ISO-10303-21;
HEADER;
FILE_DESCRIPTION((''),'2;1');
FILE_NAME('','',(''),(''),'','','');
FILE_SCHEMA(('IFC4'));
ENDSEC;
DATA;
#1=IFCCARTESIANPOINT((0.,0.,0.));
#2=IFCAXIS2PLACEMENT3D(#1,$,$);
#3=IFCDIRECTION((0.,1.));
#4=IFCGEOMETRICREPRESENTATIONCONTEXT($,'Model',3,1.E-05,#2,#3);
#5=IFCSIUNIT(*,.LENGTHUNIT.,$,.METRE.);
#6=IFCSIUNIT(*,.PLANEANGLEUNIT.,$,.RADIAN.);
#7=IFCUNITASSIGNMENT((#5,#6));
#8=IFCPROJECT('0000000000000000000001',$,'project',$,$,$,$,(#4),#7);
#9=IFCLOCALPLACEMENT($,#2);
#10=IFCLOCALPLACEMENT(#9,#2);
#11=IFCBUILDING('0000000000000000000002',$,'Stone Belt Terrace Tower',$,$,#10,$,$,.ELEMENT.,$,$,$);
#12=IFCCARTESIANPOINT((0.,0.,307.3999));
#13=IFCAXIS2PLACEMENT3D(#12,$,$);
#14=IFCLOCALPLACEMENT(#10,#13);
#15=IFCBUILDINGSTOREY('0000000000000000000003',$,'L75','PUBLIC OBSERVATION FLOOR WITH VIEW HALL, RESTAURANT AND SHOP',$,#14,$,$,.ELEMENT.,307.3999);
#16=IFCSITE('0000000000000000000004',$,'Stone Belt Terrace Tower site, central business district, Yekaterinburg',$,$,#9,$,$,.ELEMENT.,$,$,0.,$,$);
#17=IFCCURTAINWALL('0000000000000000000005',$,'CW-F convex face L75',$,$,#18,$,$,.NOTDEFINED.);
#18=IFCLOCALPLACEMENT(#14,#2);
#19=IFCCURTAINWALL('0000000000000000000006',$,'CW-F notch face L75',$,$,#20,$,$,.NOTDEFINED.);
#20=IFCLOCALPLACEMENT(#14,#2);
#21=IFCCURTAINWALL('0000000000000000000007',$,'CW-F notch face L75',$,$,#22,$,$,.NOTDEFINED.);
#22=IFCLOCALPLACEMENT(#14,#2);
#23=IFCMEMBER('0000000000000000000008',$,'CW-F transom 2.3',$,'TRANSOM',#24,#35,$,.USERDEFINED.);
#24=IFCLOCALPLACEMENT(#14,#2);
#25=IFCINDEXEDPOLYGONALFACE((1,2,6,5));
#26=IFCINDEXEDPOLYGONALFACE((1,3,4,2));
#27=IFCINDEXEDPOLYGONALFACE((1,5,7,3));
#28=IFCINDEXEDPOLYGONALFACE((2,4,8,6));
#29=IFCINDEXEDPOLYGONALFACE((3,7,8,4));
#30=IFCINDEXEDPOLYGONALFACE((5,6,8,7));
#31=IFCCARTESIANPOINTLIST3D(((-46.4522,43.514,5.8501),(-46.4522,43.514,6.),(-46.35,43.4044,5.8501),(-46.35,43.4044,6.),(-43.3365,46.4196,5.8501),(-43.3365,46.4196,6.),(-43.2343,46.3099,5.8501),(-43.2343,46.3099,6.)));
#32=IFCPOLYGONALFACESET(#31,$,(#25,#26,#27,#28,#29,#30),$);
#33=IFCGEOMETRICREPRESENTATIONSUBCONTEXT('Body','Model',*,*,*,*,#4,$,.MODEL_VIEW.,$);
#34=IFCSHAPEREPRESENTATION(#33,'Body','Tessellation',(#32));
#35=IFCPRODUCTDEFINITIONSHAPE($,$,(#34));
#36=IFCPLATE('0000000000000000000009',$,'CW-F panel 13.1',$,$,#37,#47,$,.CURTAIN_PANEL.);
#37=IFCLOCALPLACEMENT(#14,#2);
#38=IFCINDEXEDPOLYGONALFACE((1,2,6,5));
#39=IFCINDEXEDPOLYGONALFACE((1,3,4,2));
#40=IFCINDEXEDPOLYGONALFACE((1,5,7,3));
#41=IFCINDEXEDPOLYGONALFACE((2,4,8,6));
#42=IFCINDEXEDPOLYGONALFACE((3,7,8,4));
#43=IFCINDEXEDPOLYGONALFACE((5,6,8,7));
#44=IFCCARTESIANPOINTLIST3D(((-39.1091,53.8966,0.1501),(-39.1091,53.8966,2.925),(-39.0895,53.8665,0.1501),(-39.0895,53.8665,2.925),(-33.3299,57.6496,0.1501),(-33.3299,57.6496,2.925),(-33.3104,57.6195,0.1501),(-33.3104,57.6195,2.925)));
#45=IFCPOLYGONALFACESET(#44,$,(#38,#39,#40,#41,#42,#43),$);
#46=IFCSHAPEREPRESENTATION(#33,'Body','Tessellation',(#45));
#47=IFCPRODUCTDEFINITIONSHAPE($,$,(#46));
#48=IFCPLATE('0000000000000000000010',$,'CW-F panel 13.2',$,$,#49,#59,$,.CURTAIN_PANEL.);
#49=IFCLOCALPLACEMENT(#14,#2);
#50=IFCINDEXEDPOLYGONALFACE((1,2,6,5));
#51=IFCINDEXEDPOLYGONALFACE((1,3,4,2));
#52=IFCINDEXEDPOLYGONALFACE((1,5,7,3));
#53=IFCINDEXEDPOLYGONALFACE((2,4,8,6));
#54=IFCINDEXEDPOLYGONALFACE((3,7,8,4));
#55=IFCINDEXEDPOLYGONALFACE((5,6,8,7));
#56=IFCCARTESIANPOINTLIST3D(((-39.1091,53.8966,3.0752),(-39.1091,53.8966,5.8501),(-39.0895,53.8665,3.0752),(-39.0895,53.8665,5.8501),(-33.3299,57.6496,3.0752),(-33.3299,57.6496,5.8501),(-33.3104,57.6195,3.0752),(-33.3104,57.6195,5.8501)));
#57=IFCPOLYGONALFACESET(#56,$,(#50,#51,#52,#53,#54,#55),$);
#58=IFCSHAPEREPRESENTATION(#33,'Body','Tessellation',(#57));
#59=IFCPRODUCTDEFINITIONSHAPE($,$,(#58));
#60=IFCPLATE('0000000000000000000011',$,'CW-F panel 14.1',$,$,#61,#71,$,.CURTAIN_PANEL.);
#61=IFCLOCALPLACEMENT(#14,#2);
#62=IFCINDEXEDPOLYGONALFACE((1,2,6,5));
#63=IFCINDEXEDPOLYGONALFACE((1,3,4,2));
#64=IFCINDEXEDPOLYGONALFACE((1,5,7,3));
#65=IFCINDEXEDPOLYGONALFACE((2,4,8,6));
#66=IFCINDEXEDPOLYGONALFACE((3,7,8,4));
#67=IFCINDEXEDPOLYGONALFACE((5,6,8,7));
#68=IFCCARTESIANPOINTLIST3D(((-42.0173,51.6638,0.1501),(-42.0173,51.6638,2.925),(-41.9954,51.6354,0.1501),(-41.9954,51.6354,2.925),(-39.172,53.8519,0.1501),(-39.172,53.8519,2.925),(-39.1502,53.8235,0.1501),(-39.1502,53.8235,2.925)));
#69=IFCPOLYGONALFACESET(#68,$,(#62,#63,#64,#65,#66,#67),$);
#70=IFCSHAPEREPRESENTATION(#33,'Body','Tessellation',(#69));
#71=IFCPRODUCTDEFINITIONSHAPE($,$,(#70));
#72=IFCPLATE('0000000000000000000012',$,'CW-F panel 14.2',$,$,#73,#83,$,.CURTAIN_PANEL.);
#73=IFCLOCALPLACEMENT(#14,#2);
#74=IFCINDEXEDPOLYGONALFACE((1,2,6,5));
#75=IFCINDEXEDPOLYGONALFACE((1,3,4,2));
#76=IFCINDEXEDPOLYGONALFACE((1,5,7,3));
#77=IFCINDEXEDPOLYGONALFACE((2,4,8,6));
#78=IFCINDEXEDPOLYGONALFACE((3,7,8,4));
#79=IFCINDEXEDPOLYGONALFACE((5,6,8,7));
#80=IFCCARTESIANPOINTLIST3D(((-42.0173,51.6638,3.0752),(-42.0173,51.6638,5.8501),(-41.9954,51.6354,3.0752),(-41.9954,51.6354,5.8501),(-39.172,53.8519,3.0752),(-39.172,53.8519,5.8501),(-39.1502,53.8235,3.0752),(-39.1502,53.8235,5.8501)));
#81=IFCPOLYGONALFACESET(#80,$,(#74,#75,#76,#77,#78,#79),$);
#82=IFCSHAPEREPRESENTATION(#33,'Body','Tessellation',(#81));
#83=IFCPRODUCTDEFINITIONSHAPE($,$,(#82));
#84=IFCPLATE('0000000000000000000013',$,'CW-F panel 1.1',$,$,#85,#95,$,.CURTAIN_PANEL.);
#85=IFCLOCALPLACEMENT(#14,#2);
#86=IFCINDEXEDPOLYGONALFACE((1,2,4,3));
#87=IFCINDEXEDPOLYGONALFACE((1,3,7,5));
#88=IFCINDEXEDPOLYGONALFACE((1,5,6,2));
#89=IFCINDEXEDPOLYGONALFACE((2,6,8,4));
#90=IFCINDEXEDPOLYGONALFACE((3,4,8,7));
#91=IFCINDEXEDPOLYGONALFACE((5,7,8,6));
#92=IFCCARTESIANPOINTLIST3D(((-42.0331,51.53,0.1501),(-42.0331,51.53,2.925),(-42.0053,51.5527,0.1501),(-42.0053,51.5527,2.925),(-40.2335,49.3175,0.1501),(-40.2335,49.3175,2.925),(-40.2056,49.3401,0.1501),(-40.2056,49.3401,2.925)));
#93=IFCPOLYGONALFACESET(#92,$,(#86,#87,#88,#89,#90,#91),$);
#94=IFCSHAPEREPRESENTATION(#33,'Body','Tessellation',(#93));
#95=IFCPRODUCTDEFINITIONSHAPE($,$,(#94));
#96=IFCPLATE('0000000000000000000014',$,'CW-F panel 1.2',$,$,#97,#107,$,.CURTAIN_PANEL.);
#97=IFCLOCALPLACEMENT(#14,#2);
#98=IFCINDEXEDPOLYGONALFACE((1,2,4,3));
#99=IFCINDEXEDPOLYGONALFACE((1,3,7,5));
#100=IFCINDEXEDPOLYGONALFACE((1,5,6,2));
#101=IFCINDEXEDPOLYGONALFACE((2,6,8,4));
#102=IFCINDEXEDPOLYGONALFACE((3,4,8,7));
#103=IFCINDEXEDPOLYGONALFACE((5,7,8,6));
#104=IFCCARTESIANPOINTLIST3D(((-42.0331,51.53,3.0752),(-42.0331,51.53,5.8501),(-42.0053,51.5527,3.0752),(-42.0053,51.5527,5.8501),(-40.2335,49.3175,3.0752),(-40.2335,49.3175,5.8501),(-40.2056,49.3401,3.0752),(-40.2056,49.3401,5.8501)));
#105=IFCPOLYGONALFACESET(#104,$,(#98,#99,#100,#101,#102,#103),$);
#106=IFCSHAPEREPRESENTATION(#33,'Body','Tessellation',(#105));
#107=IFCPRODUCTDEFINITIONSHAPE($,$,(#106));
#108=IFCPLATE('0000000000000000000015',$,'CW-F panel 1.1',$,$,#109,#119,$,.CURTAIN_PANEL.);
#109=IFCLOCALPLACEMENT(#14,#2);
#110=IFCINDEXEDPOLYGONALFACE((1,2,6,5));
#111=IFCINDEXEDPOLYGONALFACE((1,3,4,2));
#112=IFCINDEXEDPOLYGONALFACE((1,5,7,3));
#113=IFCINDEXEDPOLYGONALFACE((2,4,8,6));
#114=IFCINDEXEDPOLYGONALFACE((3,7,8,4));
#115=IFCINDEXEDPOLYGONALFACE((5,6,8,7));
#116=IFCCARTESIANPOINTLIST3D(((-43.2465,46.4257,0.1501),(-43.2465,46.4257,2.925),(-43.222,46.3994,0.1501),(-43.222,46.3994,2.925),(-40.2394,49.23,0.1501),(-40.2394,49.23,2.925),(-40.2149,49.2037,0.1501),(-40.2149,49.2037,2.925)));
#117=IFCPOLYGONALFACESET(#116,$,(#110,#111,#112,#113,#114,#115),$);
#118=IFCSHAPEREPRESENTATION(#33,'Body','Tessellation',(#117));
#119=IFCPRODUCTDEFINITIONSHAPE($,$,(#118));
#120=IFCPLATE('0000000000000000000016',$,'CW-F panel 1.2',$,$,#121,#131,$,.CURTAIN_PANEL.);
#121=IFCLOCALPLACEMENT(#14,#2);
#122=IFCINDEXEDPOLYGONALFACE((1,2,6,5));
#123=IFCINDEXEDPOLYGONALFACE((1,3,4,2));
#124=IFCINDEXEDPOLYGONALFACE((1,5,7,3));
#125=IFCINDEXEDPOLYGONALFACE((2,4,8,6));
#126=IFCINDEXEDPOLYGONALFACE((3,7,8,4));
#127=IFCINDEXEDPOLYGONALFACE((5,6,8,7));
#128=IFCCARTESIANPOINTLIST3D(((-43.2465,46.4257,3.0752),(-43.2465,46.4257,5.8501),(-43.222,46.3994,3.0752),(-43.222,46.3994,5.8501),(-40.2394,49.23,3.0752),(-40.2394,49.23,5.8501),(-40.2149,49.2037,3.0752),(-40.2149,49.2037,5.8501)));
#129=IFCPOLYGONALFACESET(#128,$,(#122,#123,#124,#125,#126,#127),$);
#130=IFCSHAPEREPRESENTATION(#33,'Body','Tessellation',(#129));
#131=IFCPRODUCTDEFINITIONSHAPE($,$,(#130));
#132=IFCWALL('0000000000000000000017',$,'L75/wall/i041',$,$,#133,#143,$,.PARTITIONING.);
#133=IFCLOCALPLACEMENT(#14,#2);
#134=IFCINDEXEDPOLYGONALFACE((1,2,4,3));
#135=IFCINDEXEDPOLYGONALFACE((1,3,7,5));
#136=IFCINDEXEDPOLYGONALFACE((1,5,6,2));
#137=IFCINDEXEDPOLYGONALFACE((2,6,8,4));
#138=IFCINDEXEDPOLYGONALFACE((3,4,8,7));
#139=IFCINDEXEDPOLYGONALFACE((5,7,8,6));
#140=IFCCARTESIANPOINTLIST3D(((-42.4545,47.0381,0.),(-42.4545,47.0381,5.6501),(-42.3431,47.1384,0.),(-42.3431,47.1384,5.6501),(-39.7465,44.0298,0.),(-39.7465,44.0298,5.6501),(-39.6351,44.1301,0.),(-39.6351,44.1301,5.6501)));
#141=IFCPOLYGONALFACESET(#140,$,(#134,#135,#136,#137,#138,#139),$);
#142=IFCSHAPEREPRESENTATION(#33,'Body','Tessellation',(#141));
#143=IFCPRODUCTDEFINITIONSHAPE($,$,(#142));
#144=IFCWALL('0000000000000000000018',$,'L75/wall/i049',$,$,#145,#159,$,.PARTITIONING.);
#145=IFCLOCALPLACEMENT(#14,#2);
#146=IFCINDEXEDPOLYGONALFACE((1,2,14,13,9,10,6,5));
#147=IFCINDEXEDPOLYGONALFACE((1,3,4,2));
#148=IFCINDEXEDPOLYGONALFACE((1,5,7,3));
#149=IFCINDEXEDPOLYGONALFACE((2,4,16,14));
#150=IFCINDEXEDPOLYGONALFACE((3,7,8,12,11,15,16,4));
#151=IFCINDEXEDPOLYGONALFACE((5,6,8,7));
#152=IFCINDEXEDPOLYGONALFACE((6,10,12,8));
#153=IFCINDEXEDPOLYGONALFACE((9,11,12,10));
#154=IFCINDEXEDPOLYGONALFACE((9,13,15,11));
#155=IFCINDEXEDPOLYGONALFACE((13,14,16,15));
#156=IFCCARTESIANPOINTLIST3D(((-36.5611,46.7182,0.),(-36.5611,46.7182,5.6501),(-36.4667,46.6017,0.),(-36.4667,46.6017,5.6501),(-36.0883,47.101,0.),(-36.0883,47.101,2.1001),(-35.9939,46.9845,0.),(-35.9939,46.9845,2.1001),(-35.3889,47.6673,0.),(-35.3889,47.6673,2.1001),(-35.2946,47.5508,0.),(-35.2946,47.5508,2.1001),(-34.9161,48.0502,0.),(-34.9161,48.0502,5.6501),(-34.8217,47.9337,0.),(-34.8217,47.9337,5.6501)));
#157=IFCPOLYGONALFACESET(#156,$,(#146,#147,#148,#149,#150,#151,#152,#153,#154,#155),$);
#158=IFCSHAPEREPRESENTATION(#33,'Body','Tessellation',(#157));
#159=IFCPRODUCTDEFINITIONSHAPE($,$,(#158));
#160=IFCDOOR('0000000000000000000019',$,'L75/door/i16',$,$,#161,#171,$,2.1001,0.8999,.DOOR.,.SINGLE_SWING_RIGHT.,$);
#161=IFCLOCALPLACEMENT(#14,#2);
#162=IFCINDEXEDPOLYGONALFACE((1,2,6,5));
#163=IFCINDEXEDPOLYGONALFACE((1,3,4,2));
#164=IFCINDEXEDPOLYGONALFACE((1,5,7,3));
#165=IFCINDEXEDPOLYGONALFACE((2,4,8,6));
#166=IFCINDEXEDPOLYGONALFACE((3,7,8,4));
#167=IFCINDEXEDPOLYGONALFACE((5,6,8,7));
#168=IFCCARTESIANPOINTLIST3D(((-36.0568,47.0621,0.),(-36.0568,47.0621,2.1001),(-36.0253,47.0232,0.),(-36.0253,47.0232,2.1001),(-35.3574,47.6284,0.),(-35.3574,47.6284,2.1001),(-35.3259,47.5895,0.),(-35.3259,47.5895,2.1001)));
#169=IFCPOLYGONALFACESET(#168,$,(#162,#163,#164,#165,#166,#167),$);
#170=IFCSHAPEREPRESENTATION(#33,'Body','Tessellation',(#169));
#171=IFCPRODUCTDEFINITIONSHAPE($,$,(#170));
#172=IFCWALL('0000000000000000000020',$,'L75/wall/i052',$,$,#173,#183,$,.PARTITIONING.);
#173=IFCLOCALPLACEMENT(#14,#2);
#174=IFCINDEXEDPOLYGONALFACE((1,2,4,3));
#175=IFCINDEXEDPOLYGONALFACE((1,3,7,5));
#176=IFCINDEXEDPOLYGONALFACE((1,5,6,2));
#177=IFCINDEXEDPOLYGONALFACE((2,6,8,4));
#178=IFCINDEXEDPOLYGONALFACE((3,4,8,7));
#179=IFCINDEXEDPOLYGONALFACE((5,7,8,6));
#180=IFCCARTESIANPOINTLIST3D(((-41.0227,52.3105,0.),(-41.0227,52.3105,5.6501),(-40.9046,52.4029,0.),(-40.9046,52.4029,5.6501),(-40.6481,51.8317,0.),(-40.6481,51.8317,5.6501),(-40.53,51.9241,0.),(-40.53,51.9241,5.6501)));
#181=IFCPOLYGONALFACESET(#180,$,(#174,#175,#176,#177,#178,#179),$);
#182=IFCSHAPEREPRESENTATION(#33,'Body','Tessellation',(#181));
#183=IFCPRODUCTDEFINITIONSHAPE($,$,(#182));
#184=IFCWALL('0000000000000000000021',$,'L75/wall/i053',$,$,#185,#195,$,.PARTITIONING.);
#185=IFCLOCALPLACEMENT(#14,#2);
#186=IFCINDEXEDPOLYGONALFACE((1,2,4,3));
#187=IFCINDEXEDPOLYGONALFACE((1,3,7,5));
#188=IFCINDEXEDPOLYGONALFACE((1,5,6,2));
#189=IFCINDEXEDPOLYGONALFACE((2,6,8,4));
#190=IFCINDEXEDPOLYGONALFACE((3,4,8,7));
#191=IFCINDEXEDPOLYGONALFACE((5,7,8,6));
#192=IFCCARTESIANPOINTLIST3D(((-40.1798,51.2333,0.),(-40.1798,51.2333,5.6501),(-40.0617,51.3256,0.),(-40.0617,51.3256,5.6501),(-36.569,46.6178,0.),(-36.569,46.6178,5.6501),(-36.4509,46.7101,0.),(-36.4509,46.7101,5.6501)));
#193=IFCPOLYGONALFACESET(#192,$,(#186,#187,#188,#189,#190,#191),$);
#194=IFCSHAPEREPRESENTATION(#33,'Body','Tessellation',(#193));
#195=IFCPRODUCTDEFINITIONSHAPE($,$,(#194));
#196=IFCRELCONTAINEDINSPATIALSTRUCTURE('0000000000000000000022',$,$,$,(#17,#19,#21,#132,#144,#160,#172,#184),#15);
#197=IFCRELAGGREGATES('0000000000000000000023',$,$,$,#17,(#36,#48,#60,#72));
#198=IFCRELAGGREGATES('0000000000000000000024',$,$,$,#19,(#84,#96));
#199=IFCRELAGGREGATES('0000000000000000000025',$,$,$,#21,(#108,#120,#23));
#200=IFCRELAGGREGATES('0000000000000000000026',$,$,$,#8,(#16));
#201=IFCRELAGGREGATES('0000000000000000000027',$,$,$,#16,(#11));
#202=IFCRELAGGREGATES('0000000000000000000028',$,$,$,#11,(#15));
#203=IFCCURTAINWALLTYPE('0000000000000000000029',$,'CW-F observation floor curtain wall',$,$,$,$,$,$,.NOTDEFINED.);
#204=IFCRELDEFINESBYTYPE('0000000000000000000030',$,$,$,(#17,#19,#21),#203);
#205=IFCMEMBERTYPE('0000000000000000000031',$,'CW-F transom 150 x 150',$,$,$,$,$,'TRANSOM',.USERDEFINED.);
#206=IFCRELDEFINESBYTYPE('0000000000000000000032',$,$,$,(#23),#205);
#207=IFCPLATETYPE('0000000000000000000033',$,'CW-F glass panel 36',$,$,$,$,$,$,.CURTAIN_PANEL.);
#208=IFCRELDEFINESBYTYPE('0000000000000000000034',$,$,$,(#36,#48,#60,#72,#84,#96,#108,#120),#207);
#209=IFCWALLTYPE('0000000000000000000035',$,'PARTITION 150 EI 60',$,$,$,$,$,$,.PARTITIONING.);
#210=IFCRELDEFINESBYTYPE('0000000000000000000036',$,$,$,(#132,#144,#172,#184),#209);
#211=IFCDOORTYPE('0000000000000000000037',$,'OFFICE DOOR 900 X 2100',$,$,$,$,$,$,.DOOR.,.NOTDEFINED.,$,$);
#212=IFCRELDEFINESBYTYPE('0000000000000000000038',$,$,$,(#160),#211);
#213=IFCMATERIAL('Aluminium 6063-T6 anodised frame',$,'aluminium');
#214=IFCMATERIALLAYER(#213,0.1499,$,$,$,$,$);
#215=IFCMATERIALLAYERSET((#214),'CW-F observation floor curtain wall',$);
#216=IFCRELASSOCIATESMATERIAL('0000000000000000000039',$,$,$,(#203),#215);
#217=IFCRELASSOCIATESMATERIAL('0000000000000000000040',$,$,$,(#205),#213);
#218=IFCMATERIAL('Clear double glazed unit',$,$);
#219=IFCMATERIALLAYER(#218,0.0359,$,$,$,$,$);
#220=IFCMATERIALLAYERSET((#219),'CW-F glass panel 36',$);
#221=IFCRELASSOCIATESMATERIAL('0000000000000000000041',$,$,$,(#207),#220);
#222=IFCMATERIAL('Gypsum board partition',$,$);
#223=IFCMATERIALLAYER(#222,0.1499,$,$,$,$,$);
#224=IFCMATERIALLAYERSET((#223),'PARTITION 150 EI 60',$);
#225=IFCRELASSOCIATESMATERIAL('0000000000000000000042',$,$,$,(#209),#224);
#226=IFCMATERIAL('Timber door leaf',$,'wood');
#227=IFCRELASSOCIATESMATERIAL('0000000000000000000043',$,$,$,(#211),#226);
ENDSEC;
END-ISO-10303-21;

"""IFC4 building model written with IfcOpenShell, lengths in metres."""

from ifc_helpers import new_model, si_unit, direction, frame, frame_2d, origin, origin_2d, place, context, subcontext, project, spatial, rectangle, extrude, material, layer, layer_set, material_profile, profile_set, type_object, element, fill, aggregate, save


model = new_model("IFC4")

# Units and contexts
model_context = context("Model", 3, precision=1e-05, world=origin(), true_north=direction((0.0, 1.0)))
body_context = subcontext(model_context, "Body", "Model", "MODEL_VIEW")
ifc_project = project(units=[si_unit("LENGTHUNIT", "METRE"), si_unit("PLANEANGLEUNIT", "RADIAN")], contexts=[model_context])

# Site, building, storey
site_placement = place(None, origin())
site = spatial("IfcSite", under=ifc_project, at=site_placement, Name="Stone Belt Terrace Tower site, central business district, Yekaterinburg", CompositionType="ELEMENT", RefElevation=0.0)
building_placement = place(site_placement, origin())
building = spatial("IfcBuilding", under=site, at=building_placement, Name="Stone Belt Terrace Tower", CompositionType="ELEMENT")
storey_placement = place(building_placement, frame((0.0, 0.0, 307.3999)))
storey = spatial("IfcBuildingStorey", under=building, at=storey_placement, Name="L75", Description="PUBLIC OBSERVATION FLOOR WITH VIEW HALL, RESTAURANT AND SHOP", CompositionType="ELEMENT", Elevation=307.3999)

# Curtain walls
ifc_material_1 = material(Name="Aluminium 6063-T6 anodised frame", Category="aluminium")
ifc_layer_1 = layer(ifc_material_1, 0.1499)
ifc_layer_set_1 = layer_set([ifc_layer_1], Name="CW-F observation floor curtain wall")
curtain_wall_type = type_object("IfcCurtainWallType", Name="CW-F observation floor curtain wall", PredefinedType="NOTDEFINED", material=ifc_layer_set_1)
curtain_wall_1_placement = place(storey_placement, origin())
curtain_wall_1 = element("IfcCurtainWall", 1, at=curtain_wall_1_placement, inside=storey, type_object=curtain_wall_type, Name="CW-F convex face L75", PredefinedType="NOTDEFINED")
curtain_wall_2_placement = place(storey_placement, origin())
curtain_wall_2 = element("IfcCurtainWall", 2, at=curtain_wall_2_placement, inside=storey, type_object=curtain_wall_type, Name="CW-F notch face L75", PredefinedType="NOTDEFINED")

# Curtain wall
curtain_wall_3_placement = place(storey_placement, origin())
curtain_wall_3 = element("IfcCurtainWall", 3, at=curtain_wall_3_placement, inside=storey, type_object=curtain_wall_type, Name="CW-F notch face L75", PredefinedType="NOTDEFINED")

# Member
ifc_material_profile_1 = material_profile(ifc_material_1, rectangle(XDim=0.1499, YDim=0.1499, at=origin_2d()), Name="Aluminium 6063-T6 150x150")
ifc_profile_set_1 = profile_set([ifc_material_profile_1], Name="Aluminium 6063-T6 anodised frame")
member_type_1 = type_object("IfcMemberType", Name="CW-F transom 150 x 150", ElementType="TRANSOM", PredefinedType="USERDEFINED", material=ifc_profile_set_1)
member_1_placement = place(storey_placement, frame((-43.2854, 46.3647, 5.925), z_axis=(-0.731347, -0.682006, 0.0), x_axis=(0.682006, -0.731347, 0.0)))
member_1 = element("IfcMember", 4, at=member_1_placement, type_object=member_type_1, Name="CW-F transom 2.3", ObjectType="TRANSOM", PredefinedType="USERDEFINED", context=body_context, shape_type="SweptSolid", body=[
    extrude(rectangle(XDim=0.1499, YDim=0.1499, at=origin_2d()), origin(), (0.0, 0.0, 1.0), 4.2603),
])

# Plates
ifc_material_2 = material(Name="Clear double glazed unit")
ifc_layer_2 = layer(ifc_material_2, 0.0359)
ifc_layer_set_2 = layer_set([ifc_layer_2], Name="CW-F glass panel 36")
plate_type = type_object("IfcPlateType", Name="CW-F glass panel 36", PredefinedType="CURTAIN_PANEL", material=ifc_layer_set_2)
plate_1_placement = place(storey_placement, frame((-36.2097, 55.7581, 0.1501), z_axis=(0.0, 0.0, 1.0), x_axis=(-0.838671, -0.544639, 0.0)))
plate_1 = element("IfcPlate", 5, at=plate_1_placement, type_object=plate_type, Name="CW-F panel 13.1", PredefinedType="CURTAIN_PANEL", context=body_context, shape_type="SweptSolid", body=[
    extrude(rectangle(XDim=6.8909, YDim=0.0359, at=origin_2d()), origin(), (0.0, 0.0, 1.0), 2.7749),
])
plate_2_placement = place(storey_placement, frame((-36.2097, 55.7581, 3.0752), z_axis=(0.0, 0.0, 1.0), x_axis=(-0.838671, -0.544639, 0.0)))
plate_2 = element("IfcPlate", 6, at=plate_2_placement, type_object=plate_type, Name="CW-F panel 13.2", PredefinedType="CURTAIN_PANEL", context=body_context, shape_type="SweptSolid", body=[
    extrude(rectangle(XDim=6.8909, YDim=0.0359, at=origin_2d()), origin(), (0.0, 0.0, 1.0), 2.7749),
])
plate_3_placement = place(storey_placement, frame((-40.5837, 52.7437, 0.1501), z_axis=(0.0, 0.0, 1.0), x_axis=(-0.792694, -0.60962, 0.0)))
plate_3 = element("IfcPlate", 7, at=plate_3_placement, type_object=plate_type, Name="CW-F panel 14.1", PredefinedType="CURTAIN_PANEL", context=body_context, shape_type="SweptSolid", body=[
    extrude(rectangle(XDim=3.5894, YDim=0.0359, at=origin_2d()), origin(), (0.0, 0.0, 1.0), 2.7749),
])
plate_4_placement = place(storey_placement, frame((-40.5837, 52.7437, 3.0752), z_axis=(0.0, 0.0, 1.0), x_axis=(-0.792694, -0.60962, 0.0)))
plate_4 = element("IfcPlate", 8, at=plate_4_placement, type_object=plate_type, Name="CW-F panel 14.2", PredefinedType="CURTAIN_PANEL", context=body_context, shape_type="SweptSolid", body=[
    extrude(rectangle(XDim=3.5894, YDim=0.0359, at=origin_2d()), origin(), (0.0, 0.0, 1.0), 2.7749),
])
aggregate(curtain_wall_1, [plate_1, plate_2, plate_3, plate_4])
plate_5_placement = place(storey_placement, frame((-41.1194, 50.4351, 0.1501), z_axis=(0.0, 0.0, 1.0), x_axis=(0.631001, -0.775782, 0.0)))
plate_5 = element("IfcPlate", 9, at=plate_5_placement, type_object=plate_type, Name="CW-F panel 1.1", PredefinedType="CURTAIN_PANEL", context=body_context, shape_type="SweptSolid", body=[
    extrude(rectangle(XDim=2.8521, YDim=0.0359, at=origin_2d()), origin(), (0.0, 0.0, 1.0), 2.7749),
])
plate_6_placement = place(storey_placement, frame((-41.1194, 50.4351, 3.0752), z_axis=(0.0, 0.0, 1.0), x_axis=(0.631001, -0.775782, 0.0)))
plate_6 = element("IfcPlate", 10, at=plate_6_placement, type_object=plate_type, Name="CW-F panel 1.2", PredefinedType="CURTAIN_PANEL", context=body_context, shape_type="SweptSolid", body=[
    extrude(rectangle(XDim=2.8521, YDim=0.0359, at=origin_2d()), origin(), (0.0, 0.0, 1.0), 2.7749),
])
aggregate(curtain_wall_2, [plate_5, plate_6])
plate_7_placement = place(storey_placement, frame((-41.7307, 47.8147, 0.1501), z_axis=(0.0, 0.0, 1.0), x_axis=(-0.731339, -0.682014, 0.0)))
plate_7 = element("IfcPlate", 11, at=plate_7_placement, type_object=plate_type, Name="CW-F panel 1.1", PredefinedType="CURTAIN_PANEL", context=body_context, shape_type="SweptSolid", body=[
    extrude(rectangle(XDim=4.1118, YDim=0.0359, at=origin_2d()), origin(), (0.0, 0.0, 1.0), 2.7749),
])
plate_8_placement = place(storey_placement, frame((-41.7307, 47.8147, 3.0752), z_axis=(0.0, 0.0, 1.0), x_axis=(-0.731339, -0.682014, 0.0)))
plate_8 = element("IfcPlate", 12, at=plate_8_placement, type_object=plate_type, Name="CW-F panel 1.2", PredefinedType="CURTAIN_PANEL", context=body_context, shape_type="SweptSolid", body=[
    extrude(rectangle(XDim=4.1118, YDim=0.0359, at=origin_2d()), origin(), (0.0, 0.0, 1.0), 2.7749),
])
aggregate(curtain_wall_3, [plate_7, plate_8, member_1])

# Wall
ifc_material_3 = material(Name="Gypsum board partition")
ifc_layer_3 = layer(ifc_material_3, 0.1499)
ifc_layer_set_3 = layer_set([ifc_layer_3], Name="PARTITION 150 EI 60")
wall_type = type_object("IfcWallType", Name="PARTITION 150 EI 60", PredefinedType="PARTITIONING", material=ifc_layer_set_3)
wall_1_placement = place(storey_placement, frame((-42.3989, 47.0884, 0.0), z_axis=(0.0, 0.0, 1.0), x_axis=(0.669038, -0.743228, 0.0)))
element("IfcWall", 13, at=wall_1_placement, inside=storey, type_object=wall_type, Name="L75/wall/i041", PredefinedType="PARTITIONING", context=body_context, shape_type="SweptSolid", body=[
    extrude(rectangle(XDim=4.0476, YDim=0.1499, at=frame_2d((2.0239, 0.0))), origin(), (0.0, 0.0, 1.0), 5.6501),
])

# Wall, opening, door
wall_2_placement = place(storey_placement, frame((-36.5139, 46.6599, 0.0), z_axis=(0.0, 0.0, 1.0), x_axis=(0.777164, 0.629298, 0.0)))
wall_2 = element("IfcWall", 14, at=wall_2_placement, inside=storey, type_object=wall_type, Name="L75/wall/i049", PredefinedType="PARTITIONING", context=body_context, shape_type="SweptSolid", body=[
    extrude(rectangle(XDim=2.1167, YDim=0.1499, at=frame_2d((1.0583, 0.0))), origin(), (0.0, 0.0, 1.0), 5.6501),
])
opening_placement = place(wall_2_placement, frame((0.6084, 0.0, 0.0)))
opening = element("IfcOpeningElement", 15, at=opening_placement, cuts=wall_2, PredefinedType="OPENING", context=body_context, shape_type="SweptSolid", body=[
    extrude(rectangle(XDim=0.8999, YDim=2.1001, at=frame_2d((0.45, 1.05))), frame((0.0, 0.085, 0.0), z_axis=(0.0, -1.0, 0.0), x_axis=(1.0, 0.0, 0.0)), (0.0, 0.0, 1.0), 0.1699),
])
ifc_material_4 = material(Name="Timber door leaf", Category="wood")
door_type = type_object("IfcDoorType", Name="OFFICE DOOR 900 X 2100", OperationType="NOTDEFINED", PredefinedType="DOOR", material=ifc_material_4)
door_placement = place(opening_placement, origin())
door = element("IfcDoor", 16, at=door_placement, inside=storey, type_object=door_type, Name="L75/door/i16", OperationType="SINGLE_SWING_RIGHT", OverallHeight=2.1001, OverallWidth=0.8999, PredefinedType="DOOR", context=body_context, shape_type="SweptSolid", body=[
    extrude(rectangle(XDim=0.8999, YDim=2.1001, at=frame_2d((0.45, 1.05))), frame((0.0, 0.0249, 0.0), z_axis=(0.0, -1.0, 0.0), x_axis=(1.0, 0.0, 0.0)), (0.0, 0.0, 1.0), 0.05),
])
fill(opening, door)

# Walls
wall_3_placement = place(storey_placement, frame((-40.9636, 52.3567, 0.0), z_axis=(0.0, 0.0, 1.0), x_axis=(0.616135, -0.787641, 0.0)))
element("IfcWall", 17, at=wall_3_placement, inside=storey, type_object=wall_type, Name="L75/wall/i052", PredefinedType="PARTITIONING", context=body_context, shape_type="SweptSolid", body=[
    extrude(rectangle(XDim=0.6079, YDim=0.1499, at=frame_2d((0.304, 0.0))), origin(), (0.0, 0.0, 1.0), 5.6501),
])
wall_4_placement = place(storey_placement, frame((-40.1208, 51.2795, 0.0), z_axis=(0.0, 0.0, 1.0), x_axis=(0.616173, -0.78761, 0.0)))
element("IfcWall", 18, at=wall_4_placement, inside=storey, type_object=wall_type, Name="L75/wall/i053", PredefinedType="PARTITIONING", context=body_context, shape_type="SweptSolid", body=[
    extrude(rectangle(XDim=5.8601, YDim=0.1499, at=frame_2d((2.9302, 0.0))), origin(), (0.0, 0.0, 1.0), 5.6501),
])

save(model, "model.ifc")
